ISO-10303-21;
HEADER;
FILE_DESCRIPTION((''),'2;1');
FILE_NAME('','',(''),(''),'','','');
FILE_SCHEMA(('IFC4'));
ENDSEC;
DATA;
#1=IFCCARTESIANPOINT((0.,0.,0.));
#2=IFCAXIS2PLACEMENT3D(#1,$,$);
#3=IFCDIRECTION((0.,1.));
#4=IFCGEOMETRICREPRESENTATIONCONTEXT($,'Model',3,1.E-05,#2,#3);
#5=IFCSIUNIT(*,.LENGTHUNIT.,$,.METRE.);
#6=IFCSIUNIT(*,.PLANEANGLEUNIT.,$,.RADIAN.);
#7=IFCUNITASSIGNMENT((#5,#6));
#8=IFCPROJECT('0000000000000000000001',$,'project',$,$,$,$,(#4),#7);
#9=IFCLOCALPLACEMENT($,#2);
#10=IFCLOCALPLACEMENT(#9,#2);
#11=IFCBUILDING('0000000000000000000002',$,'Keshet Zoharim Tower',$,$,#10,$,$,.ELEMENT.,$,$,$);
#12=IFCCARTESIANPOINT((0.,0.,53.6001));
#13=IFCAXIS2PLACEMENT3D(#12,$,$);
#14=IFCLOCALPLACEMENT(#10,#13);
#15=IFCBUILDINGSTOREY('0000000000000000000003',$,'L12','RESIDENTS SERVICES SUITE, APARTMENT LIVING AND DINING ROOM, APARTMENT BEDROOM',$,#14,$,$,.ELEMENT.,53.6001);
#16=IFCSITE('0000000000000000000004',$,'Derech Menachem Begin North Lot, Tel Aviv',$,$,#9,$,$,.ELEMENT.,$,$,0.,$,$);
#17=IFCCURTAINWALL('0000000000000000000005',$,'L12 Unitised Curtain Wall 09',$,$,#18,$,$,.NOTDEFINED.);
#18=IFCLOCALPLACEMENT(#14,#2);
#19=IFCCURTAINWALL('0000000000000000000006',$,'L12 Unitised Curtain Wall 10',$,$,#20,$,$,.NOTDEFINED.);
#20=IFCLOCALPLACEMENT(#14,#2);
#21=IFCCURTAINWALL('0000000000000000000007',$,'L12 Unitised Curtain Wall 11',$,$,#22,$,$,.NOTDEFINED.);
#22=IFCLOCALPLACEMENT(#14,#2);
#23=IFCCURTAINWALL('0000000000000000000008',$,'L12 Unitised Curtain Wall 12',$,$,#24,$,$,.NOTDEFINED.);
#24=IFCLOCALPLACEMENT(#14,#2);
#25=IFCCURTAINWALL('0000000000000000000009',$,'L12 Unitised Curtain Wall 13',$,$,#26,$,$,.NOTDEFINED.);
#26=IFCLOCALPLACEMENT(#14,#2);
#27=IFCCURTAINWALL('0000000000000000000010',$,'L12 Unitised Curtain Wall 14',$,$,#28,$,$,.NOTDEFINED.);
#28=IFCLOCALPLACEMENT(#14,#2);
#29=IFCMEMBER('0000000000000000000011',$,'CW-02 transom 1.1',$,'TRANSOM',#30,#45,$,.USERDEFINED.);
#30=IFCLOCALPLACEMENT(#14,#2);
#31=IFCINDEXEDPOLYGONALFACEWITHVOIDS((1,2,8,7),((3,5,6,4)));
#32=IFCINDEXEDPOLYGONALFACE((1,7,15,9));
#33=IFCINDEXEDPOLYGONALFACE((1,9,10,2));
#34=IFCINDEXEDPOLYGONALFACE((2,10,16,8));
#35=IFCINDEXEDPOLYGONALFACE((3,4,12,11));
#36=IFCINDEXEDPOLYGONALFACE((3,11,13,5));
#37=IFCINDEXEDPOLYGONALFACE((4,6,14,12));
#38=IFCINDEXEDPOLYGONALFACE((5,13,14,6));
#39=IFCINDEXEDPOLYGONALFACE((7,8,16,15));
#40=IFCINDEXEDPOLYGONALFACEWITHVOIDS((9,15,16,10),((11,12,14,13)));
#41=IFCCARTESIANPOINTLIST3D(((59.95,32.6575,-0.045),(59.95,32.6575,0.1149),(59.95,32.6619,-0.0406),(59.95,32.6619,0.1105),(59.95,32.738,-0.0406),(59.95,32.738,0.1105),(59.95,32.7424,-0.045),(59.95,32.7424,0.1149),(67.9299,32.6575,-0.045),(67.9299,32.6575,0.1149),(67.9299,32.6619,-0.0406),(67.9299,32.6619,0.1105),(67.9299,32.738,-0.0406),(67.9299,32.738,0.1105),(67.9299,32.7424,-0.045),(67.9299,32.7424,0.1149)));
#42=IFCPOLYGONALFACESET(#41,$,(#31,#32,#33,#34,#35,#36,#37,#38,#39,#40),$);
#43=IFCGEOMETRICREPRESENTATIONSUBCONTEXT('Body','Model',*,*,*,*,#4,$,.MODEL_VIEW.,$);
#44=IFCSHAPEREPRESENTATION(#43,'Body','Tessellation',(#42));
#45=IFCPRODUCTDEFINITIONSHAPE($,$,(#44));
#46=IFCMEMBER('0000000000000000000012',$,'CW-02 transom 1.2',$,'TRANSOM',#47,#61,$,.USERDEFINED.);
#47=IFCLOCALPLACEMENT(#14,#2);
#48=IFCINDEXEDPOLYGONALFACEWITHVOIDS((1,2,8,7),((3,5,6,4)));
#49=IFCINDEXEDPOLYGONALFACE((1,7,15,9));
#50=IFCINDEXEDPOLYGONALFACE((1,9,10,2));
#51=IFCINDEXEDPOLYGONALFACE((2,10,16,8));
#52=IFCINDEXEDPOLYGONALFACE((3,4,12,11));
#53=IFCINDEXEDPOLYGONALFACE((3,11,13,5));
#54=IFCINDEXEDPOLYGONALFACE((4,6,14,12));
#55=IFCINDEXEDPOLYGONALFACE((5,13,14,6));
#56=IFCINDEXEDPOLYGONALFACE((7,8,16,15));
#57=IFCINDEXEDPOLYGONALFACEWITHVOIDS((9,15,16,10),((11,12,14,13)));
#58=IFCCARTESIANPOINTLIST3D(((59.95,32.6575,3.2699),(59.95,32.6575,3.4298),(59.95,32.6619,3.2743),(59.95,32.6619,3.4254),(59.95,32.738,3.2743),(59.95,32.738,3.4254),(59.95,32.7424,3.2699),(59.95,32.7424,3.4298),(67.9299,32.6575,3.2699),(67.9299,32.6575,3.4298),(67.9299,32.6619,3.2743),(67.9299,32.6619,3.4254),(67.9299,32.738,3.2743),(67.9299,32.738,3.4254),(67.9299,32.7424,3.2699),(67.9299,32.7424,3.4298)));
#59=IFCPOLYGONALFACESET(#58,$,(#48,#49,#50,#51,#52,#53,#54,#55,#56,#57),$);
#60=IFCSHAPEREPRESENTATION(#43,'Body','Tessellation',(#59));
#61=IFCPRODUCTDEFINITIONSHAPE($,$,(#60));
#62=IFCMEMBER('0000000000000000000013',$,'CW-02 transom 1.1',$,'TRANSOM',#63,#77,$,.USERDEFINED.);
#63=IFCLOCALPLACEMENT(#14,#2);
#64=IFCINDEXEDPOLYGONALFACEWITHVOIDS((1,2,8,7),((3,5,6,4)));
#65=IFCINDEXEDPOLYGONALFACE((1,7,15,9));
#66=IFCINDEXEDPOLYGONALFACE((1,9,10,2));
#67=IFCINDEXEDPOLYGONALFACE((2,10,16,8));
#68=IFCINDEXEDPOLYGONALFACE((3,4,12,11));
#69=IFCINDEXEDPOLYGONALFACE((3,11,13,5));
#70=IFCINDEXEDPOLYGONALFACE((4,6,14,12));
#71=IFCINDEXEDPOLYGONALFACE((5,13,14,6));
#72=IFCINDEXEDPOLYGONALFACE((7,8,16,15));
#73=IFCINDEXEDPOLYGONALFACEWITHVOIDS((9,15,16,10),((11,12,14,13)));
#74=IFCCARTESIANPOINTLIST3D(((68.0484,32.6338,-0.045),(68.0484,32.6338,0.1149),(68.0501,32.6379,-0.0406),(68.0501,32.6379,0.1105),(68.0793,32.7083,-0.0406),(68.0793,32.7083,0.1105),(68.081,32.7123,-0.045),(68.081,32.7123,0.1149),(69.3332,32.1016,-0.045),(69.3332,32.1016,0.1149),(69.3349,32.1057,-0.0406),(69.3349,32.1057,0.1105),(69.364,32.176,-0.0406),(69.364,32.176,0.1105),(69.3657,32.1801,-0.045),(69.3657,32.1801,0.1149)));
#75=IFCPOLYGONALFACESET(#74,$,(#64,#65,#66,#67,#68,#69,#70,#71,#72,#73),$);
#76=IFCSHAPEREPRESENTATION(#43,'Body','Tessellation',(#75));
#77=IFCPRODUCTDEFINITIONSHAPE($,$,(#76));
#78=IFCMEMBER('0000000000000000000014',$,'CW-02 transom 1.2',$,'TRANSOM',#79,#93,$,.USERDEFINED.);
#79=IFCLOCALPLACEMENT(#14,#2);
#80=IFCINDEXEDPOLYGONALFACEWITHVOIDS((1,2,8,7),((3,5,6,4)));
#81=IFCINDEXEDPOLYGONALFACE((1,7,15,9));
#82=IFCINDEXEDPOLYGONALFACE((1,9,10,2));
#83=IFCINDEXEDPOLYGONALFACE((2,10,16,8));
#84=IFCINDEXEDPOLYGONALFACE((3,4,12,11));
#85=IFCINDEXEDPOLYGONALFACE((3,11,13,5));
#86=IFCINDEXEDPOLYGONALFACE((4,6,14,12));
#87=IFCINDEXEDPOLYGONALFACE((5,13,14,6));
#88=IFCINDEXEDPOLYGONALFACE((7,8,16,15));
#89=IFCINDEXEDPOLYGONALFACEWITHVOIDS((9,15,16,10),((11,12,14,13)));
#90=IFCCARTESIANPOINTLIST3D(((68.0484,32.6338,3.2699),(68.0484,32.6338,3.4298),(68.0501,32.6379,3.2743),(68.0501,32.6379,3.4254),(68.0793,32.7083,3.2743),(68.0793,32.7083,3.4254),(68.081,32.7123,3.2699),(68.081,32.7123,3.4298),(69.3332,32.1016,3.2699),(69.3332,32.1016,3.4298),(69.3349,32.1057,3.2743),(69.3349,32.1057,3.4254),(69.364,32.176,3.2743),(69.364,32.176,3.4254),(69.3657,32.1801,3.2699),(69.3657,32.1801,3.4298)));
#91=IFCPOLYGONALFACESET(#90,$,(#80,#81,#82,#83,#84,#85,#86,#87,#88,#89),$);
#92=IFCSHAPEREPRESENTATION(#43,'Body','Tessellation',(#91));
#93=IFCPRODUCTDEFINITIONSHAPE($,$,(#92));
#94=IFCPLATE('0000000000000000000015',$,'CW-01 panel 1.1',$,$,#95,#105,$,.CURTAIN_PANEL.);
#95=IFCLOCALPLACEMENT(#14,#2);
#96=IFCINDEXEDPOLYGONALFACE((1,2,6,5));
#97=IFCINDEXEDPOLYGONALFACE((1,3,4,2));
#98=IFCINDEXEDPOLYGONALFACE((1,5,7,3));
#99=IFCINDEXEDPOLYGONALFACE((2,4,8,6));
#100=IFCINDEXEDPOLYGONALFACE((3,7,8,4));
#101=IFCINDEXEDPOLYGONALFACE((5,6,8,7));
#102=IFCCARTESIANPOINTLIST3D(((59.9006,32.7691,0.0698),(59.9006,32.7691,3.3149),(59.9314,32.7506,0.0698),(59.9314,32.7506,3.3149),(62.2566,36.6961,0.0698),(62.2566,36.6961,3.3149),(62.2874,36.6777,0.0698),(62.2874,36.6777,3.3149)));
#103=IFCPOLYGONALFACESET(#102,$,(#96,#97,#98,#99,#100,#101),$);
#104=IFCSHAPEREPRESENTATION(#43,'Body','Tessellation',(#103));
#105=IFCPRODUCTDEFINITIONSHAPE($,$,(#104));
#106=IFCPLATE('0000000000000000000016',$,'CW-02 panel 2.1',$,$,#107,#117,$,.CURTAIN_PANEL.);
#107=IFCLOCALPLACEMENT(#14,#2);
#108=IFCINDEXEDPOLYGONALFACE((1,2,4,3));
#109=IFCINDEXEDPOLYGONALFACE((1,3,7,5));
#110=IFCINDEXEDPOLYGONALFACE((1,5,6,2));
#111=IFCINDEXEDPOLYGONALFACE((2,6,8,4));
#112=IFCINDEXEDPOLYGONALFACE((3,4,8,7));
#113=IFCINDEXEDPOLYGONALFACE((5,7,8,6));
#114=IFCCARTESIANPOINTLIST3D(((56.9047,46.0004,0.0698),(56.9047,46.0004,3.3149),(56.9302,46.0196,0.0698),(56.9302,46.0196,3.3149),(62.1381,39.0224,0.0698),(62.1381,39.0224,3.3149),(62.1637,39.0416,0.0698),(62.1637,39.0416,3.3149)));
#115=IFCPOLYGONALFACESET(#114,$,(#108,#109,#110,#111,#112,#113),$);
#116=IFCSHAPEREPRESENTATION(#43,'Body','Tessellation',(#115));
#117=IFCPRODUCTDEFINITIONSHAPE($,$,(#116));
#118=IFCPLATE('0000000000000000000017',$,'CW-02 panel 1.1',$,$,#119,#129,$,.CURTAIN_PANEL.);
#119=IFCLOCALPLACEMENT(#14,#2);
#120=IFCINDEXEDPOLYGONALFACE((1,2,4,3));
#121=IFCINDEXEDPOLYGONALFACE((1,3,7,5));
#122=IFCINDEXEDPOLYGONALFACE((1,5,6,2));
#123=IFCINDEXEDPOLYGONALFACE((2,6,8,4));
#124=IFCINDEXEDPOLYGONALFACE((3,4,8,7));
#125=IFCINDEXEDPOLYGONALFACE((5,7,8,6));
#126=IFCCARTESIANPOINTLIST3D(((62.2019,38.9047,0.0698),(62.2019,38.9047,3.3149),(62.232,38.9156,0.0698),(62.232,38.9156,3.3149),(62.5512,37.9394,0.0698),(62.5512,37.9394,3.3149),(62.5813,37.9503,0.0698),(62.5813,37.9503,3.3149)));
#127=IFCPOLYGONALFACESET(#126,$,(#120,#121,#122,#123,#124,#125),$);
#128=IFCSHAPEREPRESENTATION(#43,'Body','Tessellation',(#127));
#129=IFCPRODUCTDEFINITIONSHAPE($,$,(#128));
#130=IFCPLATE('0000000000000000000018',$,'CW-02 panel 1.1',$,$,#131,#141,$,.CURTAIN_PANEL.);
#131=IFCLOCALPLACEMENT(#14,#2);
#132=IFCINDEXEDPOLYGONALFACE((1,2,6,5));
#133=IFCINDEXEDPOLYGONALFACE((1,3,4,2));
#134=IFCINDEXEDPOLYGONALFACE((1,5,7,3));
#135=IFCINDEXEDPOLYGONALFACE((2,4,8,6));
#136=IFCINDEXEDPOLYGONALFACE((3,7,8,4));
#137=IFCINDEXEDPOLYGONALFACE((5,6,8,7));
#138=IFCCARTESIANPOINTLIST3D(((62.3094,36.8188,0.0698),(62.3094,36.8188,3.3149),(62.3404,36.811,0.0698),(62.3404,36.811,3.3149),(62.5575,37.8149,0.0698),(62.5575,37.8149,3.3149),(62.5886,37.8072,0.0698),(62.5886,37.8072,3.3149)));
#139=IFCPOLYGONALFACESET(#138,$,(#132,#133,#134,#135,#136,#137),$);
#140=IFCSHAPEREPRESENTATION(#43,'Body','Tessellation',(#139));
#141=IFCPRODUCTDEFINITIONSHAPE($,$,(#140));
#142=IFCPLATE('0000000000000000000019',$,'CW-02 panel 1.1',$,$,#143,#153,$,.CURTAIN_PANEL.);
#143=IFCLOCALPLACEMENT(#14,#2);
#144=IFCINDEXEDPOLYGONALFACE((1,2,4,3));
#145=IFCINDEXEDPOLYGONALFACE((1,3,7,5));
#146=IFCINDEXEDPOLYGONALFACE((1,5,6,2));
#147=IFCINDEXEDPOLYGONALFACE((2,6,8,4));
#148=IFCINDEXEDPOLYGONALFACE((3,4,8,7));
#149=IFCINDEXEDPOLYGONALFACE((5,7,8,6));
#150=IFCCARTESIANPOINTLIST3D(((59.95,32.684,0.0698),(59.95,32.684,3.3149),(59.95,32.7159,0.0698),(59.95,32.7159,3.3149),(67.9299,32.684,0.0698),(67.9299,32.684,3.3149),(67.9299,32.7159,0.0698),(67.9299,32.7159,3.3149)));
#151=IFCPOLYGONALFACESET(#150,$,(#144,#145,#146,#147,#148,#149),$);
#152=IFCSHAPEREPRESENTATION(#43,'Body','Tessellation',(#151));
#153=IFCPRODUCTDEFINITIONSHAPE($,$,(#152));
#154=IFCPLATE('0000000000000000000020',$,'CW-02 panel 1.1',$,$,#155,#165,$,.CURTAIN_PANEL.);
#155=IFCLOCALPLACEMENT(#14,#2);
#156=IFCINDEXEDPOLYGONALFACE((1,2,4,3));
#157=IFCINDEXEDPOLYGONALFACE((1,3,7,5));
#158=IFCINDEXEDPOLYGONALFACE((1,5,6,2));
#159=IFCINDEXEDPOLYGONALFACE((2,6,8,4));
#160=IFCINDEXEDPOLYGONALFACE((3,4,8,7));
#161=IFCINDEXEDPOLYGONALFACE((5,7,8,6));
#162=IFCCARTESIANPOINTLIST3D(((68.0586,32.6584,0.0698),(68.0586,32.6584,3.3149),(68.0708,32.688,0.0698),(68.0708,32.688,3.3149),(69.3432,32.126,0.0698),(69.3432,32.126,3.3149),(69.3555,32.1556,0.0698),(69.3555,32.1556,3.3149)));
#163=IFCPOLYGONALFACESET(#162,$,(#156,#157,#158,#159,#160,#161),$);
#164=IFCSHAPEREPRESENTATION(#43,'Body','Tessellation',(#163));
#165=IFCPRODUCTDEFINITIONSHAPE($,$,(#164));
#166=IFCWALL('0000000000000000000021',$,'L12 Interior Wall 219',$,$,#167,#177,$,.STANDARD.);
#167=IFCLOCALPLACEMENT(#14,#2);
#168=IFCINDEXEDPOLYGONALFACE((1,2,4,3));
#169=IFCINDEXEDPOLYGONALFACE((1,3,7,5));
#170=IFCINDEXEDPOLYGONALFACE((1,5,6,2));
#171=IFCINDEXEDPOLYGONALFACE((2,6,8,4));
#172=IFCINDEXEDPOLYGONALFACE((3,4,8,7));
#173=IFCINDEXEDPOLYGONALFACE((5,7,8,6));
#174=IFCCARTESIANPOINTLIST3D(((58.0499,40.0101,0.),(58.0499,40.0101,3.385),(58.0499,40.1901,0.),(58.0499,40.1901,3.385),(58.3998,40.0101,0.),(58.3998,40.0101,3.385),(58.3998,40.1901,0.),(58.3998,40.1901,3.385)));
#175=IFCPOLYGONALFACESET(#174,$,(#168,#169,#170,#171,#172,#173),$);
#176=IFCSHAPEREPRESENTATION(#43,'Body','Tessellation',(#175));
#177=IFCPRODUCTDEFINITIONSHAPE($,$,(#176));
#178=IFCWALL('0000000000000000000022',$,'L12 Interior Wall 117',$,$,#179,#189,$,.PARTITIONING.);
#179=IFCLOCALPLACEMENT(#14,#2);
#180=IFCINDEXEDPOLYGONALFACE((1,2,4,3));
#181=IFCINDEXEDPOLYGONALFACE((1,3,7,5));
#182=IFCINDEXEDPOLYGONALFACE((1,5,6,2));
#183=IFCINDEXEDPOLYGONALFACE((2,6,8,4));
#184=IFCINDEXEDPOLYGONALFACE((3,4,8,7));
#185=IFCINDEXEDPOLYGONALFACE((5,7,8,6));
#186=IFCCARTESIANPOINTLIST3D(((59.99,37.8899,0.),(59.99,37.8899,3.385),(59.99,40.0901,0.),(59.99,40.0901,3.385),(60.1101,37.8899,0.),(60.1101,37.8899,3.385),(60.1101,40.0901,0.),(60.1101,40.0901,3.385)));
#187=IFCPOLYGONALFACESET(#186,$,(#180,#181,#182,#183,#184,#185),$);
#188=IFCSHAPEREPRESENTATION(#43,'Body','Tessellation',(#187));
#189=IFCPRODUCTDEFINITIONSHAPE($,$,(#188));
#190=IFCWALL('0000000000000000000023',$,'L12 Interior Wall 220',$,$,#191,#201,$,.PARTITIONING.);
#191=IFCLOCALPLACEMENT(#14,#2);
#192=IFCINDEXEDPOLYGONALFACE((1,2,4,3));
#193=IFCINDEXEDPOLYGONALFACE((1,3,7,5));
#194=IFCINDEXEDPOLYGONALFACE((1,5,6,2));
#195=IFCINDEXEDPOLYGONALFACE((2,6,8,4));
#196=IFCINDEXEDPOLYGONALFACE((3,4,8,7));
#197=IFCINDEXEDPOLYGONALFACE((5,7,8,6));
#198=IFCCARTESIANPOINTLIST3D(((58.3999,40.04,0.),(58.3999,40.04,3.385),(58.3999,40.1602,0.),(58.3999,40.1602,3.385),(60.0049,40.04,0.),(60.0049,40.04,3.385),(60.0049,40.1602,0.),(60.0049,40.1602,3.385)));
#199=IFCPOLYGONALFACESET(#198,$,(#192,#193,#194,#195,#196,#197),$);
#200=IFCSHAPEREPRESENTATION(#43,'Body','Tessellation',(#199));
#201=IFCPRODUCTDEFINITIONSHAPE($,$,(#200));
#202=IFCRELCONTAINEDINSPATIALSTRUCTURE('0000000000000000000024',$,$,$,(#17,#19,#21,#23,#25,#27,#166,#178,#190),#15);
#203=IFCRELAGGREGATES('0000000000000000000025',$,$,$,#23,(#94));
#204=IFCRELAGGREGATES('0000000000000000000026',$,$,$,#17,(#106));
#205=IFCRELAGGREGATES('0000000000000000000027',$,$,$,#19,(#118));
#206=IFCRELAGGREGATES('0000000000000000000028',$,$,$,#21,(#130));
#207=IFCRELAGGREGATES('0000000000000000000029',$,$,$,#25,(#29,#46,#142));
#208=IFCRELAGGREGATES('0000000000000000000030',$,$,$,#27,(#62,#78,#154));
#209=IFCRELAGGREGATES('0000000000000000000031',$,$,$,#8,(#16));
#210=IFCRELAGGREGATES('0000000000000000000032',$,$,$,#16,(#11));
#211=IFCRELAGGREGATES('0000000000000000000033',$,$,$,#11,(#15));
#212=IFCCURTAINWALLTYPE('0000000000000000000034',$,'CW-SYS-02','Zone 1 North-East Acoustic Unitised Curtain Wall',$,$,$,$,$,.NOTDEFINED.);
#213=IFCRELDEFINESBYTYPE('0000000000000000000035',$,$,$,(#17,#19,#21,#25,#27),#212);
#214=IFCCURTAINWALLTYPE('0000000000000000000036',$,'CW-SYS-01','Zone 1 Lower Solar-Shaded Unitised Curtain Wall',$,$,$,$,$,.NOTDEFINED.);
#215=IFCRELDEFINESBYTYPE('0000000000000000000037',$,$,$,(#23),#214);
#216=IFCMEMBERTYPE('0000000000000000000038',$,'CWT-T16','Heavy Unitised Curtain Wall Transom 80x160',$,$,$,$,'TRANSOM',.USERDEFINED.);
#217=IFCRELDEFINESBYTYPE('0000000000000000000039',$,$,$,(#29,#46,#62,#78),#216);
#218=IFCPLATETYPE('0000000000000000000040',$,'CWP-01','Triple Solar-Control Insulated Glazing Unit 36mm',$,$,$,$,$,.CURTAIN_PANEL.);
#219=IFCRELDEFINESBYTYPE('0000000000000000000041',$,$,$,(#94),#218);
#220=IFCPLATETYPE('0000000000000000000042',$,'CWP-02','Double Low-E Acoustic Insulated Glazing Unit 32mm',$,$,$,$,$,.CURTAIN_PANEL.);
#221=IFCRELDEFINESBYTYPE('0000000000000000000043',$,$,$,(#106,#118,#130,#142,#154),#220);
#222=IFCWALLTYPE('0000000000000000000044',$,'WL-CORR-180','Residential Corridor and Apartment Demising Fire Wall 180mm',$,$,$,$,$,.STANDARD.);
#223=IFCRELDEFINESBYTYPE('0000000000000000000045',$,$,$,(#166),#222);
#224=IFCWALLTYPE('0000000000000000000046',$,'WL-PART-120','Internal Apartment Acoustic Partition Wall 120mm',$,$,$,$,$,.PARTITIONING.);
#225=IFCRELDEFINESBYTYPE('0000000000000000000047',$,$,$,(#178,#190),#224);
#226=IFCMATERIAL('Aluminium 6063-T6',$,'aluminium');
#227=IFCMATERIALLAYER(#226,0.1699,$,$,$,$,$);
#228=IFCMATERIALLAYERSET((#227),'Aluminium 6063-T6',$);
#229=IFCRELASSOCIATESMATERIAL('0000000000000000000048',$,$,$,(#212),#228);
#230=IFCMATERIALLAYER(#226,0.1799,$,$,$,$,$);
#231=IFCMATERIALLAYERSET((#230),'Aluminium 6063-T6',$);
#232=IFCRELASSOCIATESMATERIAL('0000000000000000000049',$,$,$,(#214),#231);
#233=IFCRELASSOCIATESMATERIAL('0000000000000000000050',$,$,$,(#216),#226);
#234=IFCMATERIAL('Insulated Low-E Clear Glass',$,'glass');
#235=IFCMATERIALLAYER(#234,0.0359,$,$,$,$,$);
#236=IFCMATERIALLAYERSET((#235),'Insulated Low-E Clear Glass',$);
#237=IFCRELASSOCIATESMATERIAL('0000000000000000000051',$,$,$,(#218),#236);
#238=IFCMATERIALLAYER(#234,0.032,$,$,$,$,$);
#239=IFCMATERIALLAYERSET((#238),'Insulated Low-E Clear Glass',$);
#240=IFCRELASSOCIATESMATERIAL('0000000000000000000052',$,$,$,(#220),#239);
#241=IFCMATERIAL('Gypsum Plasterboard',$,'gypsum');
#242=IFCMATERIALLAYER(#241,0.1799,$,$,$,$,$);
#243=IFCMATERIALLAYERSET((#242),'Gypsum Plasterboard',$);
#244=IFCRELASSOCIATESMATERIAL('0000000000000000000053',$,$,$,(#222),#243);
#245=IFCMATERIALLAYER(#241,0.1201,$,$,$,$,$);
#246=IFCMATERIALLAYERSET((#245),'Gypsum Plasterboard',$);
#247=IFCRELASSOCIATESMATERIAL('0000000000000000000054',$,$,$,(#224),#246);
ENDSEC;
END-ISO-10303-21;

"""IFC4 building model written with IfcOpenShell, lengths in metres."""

from ifc_helpers import new_model, si_unit, direction, frame, frame_2d, origin, origin_2d, place, context, subcontext, project, spatial, rectangle, hollow_rectangle, extrude, material, layer, layer_set, material_profile, profile_set, type_object, element, aggregate, save


model = new_model("IFC4")

# Units and contexts
model_context = context("Model", 3, precision=1e-05, world=origin(), true_north=direction((0.0, 1.0)))
body_context = subcontext(model_context, "Body", "Model", "MODEL_VIEW")
ifc_project = project(units=[si_unit("LENGTHUNIT", "METRE"), si_unit("PLANEANGLEUNIT", "RADIAN")], contexts=[model_context])

# Site, building, storey
site_placement = place(None, origin())
site = spatial("IfcSite", under=ifc_project, at=site_placement, Name="Derech Menachem Begin North Lot, Tel Aviv", CompositionType="ELEMENT", RefElevation=0.0)
building_placement = place(site_placement, origin())
building = spatial("IfcBuilding", under=site, at=building_placement, Name="Keshet Zoharim Tower", CompositionType="ELEMENT")
storey_placement = place(building_placement, frame((0.0, 0.0, 53.6001)))
storey = spatial("IfcBuildingStorey", under=building, at=storey_placement, Name="L12", Description="RESIDENTS SERVICES SUITE, APARTMENT LIVING AND DINING ROOM, APARTMENT BEDROOM", CompositionType="ELEMENT", Elevation=53.6001)

# Curtain walls
ifc_material_1 = material(Name="Aluminium 6063-T6", Category="aluminium")
ifc_layer_1 = layer(ifc_material_1, 0.1699)
ifc_layer_set_1 = layer_set([ifc_layer_1], Name="Aluminium 6063-T6")
curtain_wall_type_1 = type_object("IfcCurtainWallType", Name="CW-SYS-02", Description="Zone 1 North-East Acoustic Unitised Curtain Wall", PredefinedType="NOTDEFINED", material=ifc_layer_set_1)
curtain_wall_1_placement = place(storey_placement, origin())
curtain_wall_1 = element("IfcCurtainWall", 1, at=curtain_wall_1_placement, inside=storey, type_object=curtain_wall_type_1, Name="L12 Unitised Curtain Wall 09", PredefinedType="NOTDEFINED")
curtain_wall_2_placement = place(storey_placement, origin())
curtain_wall_2 = element("IfcCurtainWall", 2, at=curtain_wall_2_placement, inside=storey, type_object=curtain_wall_type_1, Name="L12 Unitised Curtain Wall 10", PredefinedType="NOTDEFINED")
curtain_wall_3_placement = place(storey_placement, origin())
curtain_wall_3 = element("IfcCurtainWall", 3, at=curtain_wall_3_placement, inside=storey, type_object=curtain_wall_type_1, Name="L12 Unitised Curtain Wall 11", PredefinedType="NOTDEFINED")
ifc_layer_2 = layer(ifc_material_1, 0.1799)
ifc_layer_set_2 = layer_set([ifc_layer_2], Name="Aluminium 6063-T6")
curtain_wall_type_2 = type_object("IfcCurtainWallType", Name="CW-SYS-01", Description="Zone 1 Lower Solar-Shaded Unitised Curtain Wall", PredefinedType="NOTDEFINED", material=ifc_layer_set_2)
curtain_wall_4_placement = place(storey_placement, origin())
curtain_wall_4 = element("IfcCurtainWall", 4, at=curtain_wall_4_placement, inside=storey, type_object=curtain_wall_type_2, Name="L12 Unitised Curtain Wall 12", PredefinedType="NOTDEFINED")
curtain_wall_5_placement = place(storey_placement, origin())
curtain_wall_5 = element("IfcCurtainWall", 5, at=curtain_wall_5_placement, inside=storey, type_object=curtain_wall_type_1, Name="L12 Unitised Curtain Wall 13", PredefinedType="NOTDEFINED")

# Curtain wall
curtain_wall_6_placement = place(storey_placement, origin())
curtain_wall_6 = element("IfcCurtainWall", 6, at=curtain_wall_6_placement, inside=storey, type_object=curtain_wall_type_1, Name="L12 Unitised Curtain Wall 14", PredefinedType="NOTDEFINED")

# Members
ifc_material_profile_1 = material_profile(ifc_material_1, hollow_rectangle(XDim=0.085, YDim=0.1599, WallThickness=0.0044, at=origin_2d()), Name="TRN-85x160")
ifc_profile_set_1 = profile_set([ifc_material_profile_1], Name="Aluminium 6063-T6")
member_type_1 = type_object("IfcMemberType", Name="CWT-T16", Description="Heavy Unitised Curtain Wall Transom 80x160", ElementType="TRANSOM", PredefinedType="USERDEFINED", material=ifc_profile_set_1)
member_1_placement = place(storey_placement, frame((59.95, 32.7, 0.0349), z_axis=(1.0, 0.0, 0.0), x_axis=(0.0, 1.0, 0.0)))
member_1 = element("IfcMember", 7, at=member_1_placement, type_object=member_type_1, Name="CW-02 transom 1.1", ObjectType="TRANSOM", PredefinedType="USERDEFINED", context=body_context, shape_type="SweptSolid", body=[
    extrude(hollow_rectangle(XDim=0.085, YDim=0.1599, WallThickness=0.0044, at=origin_2d()), origin(), (0.0, 0.0, 1.0), 7.98),
])
member_2_placement = place(storey_placement, frame((59.95, 32.7, 3.3499), z_axis=(1.0, 0.0, 0.0), x_axis=(0.0, 1.0, 0.0)))
member_2 = element("IfcMember", 8, at=member_2_placement, type_object=member_type_1, Name="CW-02 transom 1.2", ObjectType="TRANSOM", PredefinedType="USERDEFINED", context=body_context, shape_type="SweptSolid", body=[
    extrude(hollow_rectangle(XDim=0.085, YDim=0.1599, WallThickness=0.0044, at=origin_2d()), origin(), (0.0, 0.0, 1.0), 7.98),
])
member_3_placement = place(storey_placement, frame((68.0647, 32.6731, 0.0349), z_axis=(0.923854, -0.382745, 0.0), x_axis=(0.382745, 0.923854, 0.0)))
member_3 = element("IfcMember", 9, at=member_3_placement, type_object=member_type_1, Name="CW-02 transom 1.1", ObjectType="TRANSOM", PredefinedType="USERDEFINED", context=body_context, shape_type="SweptSolid", body=[
    extrude(hollow_rectangle(XDim=0.085, YDim=0.1599, WallThickness=0.0044, at=origin_2d()), origin(), (0.0, 0.0, 1.0), 1.3906),
])
member_4_placement = place(storey_placement, frame((68.0647, 32.6731, 3.3499), z_axis=(0.923854, -0.382745, 0.0), x_axis=(0.382745, 0.923854, 0.0)))
member_4 = element("IfcMember", 10, at=member_4_placement, type_object=member_type_1, Name="CW-02 transom 1.2", ObjectType="TRANSOM", PredefinedType="USERDEFINED", context=body_context, shape_type="SweptSolid", body=[
    extrude(hollow_rectangle(XDim=0.085, YDim=0.1599, WallThickness=0.0044, at=origin_2d()), origin(), (0.0, 0.0, 1.0), 1.3906),
])

# Plates
ifc_material_2 = material(Name="Insulated Low-E Clear Glass", Category="glass")
ifc_layer_3 = layer(ifc_material_2, 0.0359)
ifc_layer_set_3 = layer_set([ifc_layer_3], Name="Insulated Low-E Clear Glass")
plate_type_1 = type_object("IfcPlateType", Name="CWP-01", Description="Triple Solar-Control Insulated Glazing Unit 36mm", PredefinedType="CURTAIN_PANEL", material=ifc_layer_set_3)
plate_1_placement = place(storey_placement, frame((61.094, 34.7234, 0.0698), z_axis=(0.0, 0.0, 1.0), x_axis=(-0.514465, -0.857512, 0.0)))
plate_1 = element("IfcPlate", 11, at=plate_1_placement, type_object=plate_type_1, Name="CW-01 panel 1.1", PredefinedType="CURTAIN_PANEL", context=body_context, shape_type="SweptSolid", body=[
    extrude(rectangle(XDim=4.5796, YDim=0.0359, at=origin_2d()), origin(), (0.0, 0.0, 1.0), 3.2451),
])
aggregate(curtain_wall_4, [plate_1])
ifc_layer_4 = layer(ifc_material_2, 0.032)
ifc_layer_set_4 = layer_set([ifc_layer_4], Name="Insulated Low-E Clear Glass")
plate_type_2 = type_object("IfcPlateType", Name="CWP-02", Description="Double Low-E Acoustic Insulated Glazing Unit 32mm", PredefinedType="CURTAIN_PANEL", material=ifc_layer_set_4)
plate_2_placement = place(storey_placement, frame((59.5342, 42.521, 0.0698), z_axis=(0.0, 0.0, 1.0), x_axis=(0.6, -0.8, 0.0)))
plate_2 = element("IfcPlate", 12, at=plate_2_placement, type_object=plate_type_2, Name="CW-02 panel 2.1", PredefinedType="CURTAIN_PANEL", context=body_context, shape_type="SweptSolid", body=[
    extrude(rectangle(XDim=8.7224, YDim=0.032, at=origin_2d()), origin(), (0.0, 0.0, 1.0), 3.2451),
])
aggregate(curtain_wall_1, [plate_2])
plate_3_placement = place(storey_placement, frame((62.3916, 38.4275, 0.0698), z_axis=(0.0, 0.0, 1.0), x_axis=(0.340297, -0.940318, 0.0)))
plate_3 = element("IfcPlate", 13, at=plate_3_placement, type_object=plate_type_2, Name="CW-02 panel 1.1", PredefinedType="CURTAIN_PANEL", context=body_context, shape_type="SweptSolid", body=[
    extrude(rectangle(XDim=1.0266, YDim=0.032, at=origin_2d()), origin(), (0.0, 0.0, 1.0), 3.2451),
])
aggregate(curtain_wall_2, [plate_3])
plate_4_placement = place(storey_placement, frame((62.449, 37.313, 0.0698), z_axis=(0.0, 0.0, 1.0), x_axis=(-0.241729, -0.970344, 0.0)))
plate_4 = element("IfcPlate", 14, at=plate_4_placement, type_object=plate_type_2, Name="CW-02 panel 1.1", PredefinedType="CURTAIN_PANEL", context=body_context, shape_type="SweptSolid", body=[
    extrude(rectangle(XDim=1.0266, YDim=0.032, at=origin_2d()), origin(), (0.0, 0.0, 1.0), 3.2451),
])
aggregate(curtain_wall_3, [plate_4])
plate_5_placement = place(storey_placement, frame((63.9399, 32.7, 0.0698), z_axis=(0.0, 0.0, 1.0), x_axis=(1.0, 0.0, 0.0)))
plate_5 = element("IfcPlate", 15, at=plate_5_placement, type_object=plate_type_2, Name="CW-02 panel 1.1", PredefinedType="CURTAIN_PANEL", context=body_context, shape_type="SweptSolid", body=[
    extrude(rectangle(XDim=7.98, YDim=0.032, at=origin_2d()), origin(), (0.0, 0.0, 1.0), 3.2451),
])
aggregate(curtain_wall_5, [member_1, member_2, plate_5])
plate_6_placement = place(storey_placement, frame((68.707, 32.407, 0.0698), z_axis=(0.0, 0.0, 1.0), x_axis=(0.92381, -0.382852, 0.0)))
plate_6 = element("IfcPlate", 16, at=plate_6_placement, type_object=plate_type_2, Name="CW-02 panel 1.1", PredefinedType="CURTAIN_PANEL", context=body_context, shape_type="SweptSolid", body=[
    extrude(rectangle(XDim=1.3906, YDim=0.032, at=origin_2d()), origin(), (0.0, 0.0, 1.0), 3.2451),
])
aggregate(curtain_wall_6, [member_3, member_4, plate_6])

# Walls
ifc_material_3 = material(Name="Gypsum Plasterboard", Category="gypsum")
ifc_layer_5 = layer(ifc_material_3, 0.1799)
ifc_layer_set_5 = layer_set([ifc_layer_5], Name="Gypsum Plasterboard")
wall_type_1 = type_object("IfcWallType", Name="WL-CORR-180", Description="Residential Corridor and Apartment Demising Fire Wall 180mm", PredefinedType="STANDARD", material=ifc_layer_set_5)
wall_1_placement = place(storey_placement, frame((58.05, 40.1001, 0.0), z_axis=(0.0, 0.0, 1.0), x_axis=(1.0, 0.0, 0.0)))
element("IfcWall", 17, at=wall_1_placement, inside=storey, type_object=wall_type_1, Name="L12 Interior Wall 219", PredefinedType="STANDARD", context=body_context, shape_type="SweptSolid", body=[
    extrude(rectangle(XDim=0.3499, YDim=0.1799, at=frame_2d((0.1748, 0.0))), origin(), (0.0, 0.0, 1.0), 3.385),
])
ifc_layer_6 = layer(ifc_material_3, 0.1201)
ifc_layer_set_6 = layer_set([ifc_layer_6], Name="Gypsum Plasterboard")
wall_type_2 = type_object("IfcWallType", Name="WL-PART-120", Description="Internal Apartment Acoustic Partition Wall 120mm", PredefinedType="PARTITIONING", material=ifc_layer_set_6)
wall_2_placement = place(storey_placement, frame((60.05, 37.8899, 0.0), z_axis=(0.0, 0.0, 1.0), x_axis=(0.0, 1.0, 0.0)))
element("IfcWall", 18, at=wall_2_placement, inside=storey, type_object=wall_type_2, Name="L12 Interior Wall 117", PredefinedType="PARTITIONING", context=body_context, shape_type="SweptSolid", body=[
    extrude(rectangle(XDim=2.2002, YDim=0.1201, at=frame_2d((1.1001, 0.0))), origin(), (0.0, 0.0, 1.0), 3.385),
])
wall_3_placement = place(storey_placement, frame((58.3999, 40.1001, 0.0), z_axis=(0.0, 0.0, 1.0), x_axis=(1.0, 0.0, 0.0)))
element("IfcWall", 19, at=wall_3_placement, inside=storey, type_object=wall_type_2, Name="L12 Interior Wall 220", PredefinedType="PARTITIONING", context=body_context, shape_type="SweptSolid", body=[
    extrude(rectangle(XDim=1.605, YDim=0.1201, at=frame_2d((0.8025, 0.0))), origin(), (0.0, 0.0, 1.0), 3.385),
])

save(model, "model.ifc")
